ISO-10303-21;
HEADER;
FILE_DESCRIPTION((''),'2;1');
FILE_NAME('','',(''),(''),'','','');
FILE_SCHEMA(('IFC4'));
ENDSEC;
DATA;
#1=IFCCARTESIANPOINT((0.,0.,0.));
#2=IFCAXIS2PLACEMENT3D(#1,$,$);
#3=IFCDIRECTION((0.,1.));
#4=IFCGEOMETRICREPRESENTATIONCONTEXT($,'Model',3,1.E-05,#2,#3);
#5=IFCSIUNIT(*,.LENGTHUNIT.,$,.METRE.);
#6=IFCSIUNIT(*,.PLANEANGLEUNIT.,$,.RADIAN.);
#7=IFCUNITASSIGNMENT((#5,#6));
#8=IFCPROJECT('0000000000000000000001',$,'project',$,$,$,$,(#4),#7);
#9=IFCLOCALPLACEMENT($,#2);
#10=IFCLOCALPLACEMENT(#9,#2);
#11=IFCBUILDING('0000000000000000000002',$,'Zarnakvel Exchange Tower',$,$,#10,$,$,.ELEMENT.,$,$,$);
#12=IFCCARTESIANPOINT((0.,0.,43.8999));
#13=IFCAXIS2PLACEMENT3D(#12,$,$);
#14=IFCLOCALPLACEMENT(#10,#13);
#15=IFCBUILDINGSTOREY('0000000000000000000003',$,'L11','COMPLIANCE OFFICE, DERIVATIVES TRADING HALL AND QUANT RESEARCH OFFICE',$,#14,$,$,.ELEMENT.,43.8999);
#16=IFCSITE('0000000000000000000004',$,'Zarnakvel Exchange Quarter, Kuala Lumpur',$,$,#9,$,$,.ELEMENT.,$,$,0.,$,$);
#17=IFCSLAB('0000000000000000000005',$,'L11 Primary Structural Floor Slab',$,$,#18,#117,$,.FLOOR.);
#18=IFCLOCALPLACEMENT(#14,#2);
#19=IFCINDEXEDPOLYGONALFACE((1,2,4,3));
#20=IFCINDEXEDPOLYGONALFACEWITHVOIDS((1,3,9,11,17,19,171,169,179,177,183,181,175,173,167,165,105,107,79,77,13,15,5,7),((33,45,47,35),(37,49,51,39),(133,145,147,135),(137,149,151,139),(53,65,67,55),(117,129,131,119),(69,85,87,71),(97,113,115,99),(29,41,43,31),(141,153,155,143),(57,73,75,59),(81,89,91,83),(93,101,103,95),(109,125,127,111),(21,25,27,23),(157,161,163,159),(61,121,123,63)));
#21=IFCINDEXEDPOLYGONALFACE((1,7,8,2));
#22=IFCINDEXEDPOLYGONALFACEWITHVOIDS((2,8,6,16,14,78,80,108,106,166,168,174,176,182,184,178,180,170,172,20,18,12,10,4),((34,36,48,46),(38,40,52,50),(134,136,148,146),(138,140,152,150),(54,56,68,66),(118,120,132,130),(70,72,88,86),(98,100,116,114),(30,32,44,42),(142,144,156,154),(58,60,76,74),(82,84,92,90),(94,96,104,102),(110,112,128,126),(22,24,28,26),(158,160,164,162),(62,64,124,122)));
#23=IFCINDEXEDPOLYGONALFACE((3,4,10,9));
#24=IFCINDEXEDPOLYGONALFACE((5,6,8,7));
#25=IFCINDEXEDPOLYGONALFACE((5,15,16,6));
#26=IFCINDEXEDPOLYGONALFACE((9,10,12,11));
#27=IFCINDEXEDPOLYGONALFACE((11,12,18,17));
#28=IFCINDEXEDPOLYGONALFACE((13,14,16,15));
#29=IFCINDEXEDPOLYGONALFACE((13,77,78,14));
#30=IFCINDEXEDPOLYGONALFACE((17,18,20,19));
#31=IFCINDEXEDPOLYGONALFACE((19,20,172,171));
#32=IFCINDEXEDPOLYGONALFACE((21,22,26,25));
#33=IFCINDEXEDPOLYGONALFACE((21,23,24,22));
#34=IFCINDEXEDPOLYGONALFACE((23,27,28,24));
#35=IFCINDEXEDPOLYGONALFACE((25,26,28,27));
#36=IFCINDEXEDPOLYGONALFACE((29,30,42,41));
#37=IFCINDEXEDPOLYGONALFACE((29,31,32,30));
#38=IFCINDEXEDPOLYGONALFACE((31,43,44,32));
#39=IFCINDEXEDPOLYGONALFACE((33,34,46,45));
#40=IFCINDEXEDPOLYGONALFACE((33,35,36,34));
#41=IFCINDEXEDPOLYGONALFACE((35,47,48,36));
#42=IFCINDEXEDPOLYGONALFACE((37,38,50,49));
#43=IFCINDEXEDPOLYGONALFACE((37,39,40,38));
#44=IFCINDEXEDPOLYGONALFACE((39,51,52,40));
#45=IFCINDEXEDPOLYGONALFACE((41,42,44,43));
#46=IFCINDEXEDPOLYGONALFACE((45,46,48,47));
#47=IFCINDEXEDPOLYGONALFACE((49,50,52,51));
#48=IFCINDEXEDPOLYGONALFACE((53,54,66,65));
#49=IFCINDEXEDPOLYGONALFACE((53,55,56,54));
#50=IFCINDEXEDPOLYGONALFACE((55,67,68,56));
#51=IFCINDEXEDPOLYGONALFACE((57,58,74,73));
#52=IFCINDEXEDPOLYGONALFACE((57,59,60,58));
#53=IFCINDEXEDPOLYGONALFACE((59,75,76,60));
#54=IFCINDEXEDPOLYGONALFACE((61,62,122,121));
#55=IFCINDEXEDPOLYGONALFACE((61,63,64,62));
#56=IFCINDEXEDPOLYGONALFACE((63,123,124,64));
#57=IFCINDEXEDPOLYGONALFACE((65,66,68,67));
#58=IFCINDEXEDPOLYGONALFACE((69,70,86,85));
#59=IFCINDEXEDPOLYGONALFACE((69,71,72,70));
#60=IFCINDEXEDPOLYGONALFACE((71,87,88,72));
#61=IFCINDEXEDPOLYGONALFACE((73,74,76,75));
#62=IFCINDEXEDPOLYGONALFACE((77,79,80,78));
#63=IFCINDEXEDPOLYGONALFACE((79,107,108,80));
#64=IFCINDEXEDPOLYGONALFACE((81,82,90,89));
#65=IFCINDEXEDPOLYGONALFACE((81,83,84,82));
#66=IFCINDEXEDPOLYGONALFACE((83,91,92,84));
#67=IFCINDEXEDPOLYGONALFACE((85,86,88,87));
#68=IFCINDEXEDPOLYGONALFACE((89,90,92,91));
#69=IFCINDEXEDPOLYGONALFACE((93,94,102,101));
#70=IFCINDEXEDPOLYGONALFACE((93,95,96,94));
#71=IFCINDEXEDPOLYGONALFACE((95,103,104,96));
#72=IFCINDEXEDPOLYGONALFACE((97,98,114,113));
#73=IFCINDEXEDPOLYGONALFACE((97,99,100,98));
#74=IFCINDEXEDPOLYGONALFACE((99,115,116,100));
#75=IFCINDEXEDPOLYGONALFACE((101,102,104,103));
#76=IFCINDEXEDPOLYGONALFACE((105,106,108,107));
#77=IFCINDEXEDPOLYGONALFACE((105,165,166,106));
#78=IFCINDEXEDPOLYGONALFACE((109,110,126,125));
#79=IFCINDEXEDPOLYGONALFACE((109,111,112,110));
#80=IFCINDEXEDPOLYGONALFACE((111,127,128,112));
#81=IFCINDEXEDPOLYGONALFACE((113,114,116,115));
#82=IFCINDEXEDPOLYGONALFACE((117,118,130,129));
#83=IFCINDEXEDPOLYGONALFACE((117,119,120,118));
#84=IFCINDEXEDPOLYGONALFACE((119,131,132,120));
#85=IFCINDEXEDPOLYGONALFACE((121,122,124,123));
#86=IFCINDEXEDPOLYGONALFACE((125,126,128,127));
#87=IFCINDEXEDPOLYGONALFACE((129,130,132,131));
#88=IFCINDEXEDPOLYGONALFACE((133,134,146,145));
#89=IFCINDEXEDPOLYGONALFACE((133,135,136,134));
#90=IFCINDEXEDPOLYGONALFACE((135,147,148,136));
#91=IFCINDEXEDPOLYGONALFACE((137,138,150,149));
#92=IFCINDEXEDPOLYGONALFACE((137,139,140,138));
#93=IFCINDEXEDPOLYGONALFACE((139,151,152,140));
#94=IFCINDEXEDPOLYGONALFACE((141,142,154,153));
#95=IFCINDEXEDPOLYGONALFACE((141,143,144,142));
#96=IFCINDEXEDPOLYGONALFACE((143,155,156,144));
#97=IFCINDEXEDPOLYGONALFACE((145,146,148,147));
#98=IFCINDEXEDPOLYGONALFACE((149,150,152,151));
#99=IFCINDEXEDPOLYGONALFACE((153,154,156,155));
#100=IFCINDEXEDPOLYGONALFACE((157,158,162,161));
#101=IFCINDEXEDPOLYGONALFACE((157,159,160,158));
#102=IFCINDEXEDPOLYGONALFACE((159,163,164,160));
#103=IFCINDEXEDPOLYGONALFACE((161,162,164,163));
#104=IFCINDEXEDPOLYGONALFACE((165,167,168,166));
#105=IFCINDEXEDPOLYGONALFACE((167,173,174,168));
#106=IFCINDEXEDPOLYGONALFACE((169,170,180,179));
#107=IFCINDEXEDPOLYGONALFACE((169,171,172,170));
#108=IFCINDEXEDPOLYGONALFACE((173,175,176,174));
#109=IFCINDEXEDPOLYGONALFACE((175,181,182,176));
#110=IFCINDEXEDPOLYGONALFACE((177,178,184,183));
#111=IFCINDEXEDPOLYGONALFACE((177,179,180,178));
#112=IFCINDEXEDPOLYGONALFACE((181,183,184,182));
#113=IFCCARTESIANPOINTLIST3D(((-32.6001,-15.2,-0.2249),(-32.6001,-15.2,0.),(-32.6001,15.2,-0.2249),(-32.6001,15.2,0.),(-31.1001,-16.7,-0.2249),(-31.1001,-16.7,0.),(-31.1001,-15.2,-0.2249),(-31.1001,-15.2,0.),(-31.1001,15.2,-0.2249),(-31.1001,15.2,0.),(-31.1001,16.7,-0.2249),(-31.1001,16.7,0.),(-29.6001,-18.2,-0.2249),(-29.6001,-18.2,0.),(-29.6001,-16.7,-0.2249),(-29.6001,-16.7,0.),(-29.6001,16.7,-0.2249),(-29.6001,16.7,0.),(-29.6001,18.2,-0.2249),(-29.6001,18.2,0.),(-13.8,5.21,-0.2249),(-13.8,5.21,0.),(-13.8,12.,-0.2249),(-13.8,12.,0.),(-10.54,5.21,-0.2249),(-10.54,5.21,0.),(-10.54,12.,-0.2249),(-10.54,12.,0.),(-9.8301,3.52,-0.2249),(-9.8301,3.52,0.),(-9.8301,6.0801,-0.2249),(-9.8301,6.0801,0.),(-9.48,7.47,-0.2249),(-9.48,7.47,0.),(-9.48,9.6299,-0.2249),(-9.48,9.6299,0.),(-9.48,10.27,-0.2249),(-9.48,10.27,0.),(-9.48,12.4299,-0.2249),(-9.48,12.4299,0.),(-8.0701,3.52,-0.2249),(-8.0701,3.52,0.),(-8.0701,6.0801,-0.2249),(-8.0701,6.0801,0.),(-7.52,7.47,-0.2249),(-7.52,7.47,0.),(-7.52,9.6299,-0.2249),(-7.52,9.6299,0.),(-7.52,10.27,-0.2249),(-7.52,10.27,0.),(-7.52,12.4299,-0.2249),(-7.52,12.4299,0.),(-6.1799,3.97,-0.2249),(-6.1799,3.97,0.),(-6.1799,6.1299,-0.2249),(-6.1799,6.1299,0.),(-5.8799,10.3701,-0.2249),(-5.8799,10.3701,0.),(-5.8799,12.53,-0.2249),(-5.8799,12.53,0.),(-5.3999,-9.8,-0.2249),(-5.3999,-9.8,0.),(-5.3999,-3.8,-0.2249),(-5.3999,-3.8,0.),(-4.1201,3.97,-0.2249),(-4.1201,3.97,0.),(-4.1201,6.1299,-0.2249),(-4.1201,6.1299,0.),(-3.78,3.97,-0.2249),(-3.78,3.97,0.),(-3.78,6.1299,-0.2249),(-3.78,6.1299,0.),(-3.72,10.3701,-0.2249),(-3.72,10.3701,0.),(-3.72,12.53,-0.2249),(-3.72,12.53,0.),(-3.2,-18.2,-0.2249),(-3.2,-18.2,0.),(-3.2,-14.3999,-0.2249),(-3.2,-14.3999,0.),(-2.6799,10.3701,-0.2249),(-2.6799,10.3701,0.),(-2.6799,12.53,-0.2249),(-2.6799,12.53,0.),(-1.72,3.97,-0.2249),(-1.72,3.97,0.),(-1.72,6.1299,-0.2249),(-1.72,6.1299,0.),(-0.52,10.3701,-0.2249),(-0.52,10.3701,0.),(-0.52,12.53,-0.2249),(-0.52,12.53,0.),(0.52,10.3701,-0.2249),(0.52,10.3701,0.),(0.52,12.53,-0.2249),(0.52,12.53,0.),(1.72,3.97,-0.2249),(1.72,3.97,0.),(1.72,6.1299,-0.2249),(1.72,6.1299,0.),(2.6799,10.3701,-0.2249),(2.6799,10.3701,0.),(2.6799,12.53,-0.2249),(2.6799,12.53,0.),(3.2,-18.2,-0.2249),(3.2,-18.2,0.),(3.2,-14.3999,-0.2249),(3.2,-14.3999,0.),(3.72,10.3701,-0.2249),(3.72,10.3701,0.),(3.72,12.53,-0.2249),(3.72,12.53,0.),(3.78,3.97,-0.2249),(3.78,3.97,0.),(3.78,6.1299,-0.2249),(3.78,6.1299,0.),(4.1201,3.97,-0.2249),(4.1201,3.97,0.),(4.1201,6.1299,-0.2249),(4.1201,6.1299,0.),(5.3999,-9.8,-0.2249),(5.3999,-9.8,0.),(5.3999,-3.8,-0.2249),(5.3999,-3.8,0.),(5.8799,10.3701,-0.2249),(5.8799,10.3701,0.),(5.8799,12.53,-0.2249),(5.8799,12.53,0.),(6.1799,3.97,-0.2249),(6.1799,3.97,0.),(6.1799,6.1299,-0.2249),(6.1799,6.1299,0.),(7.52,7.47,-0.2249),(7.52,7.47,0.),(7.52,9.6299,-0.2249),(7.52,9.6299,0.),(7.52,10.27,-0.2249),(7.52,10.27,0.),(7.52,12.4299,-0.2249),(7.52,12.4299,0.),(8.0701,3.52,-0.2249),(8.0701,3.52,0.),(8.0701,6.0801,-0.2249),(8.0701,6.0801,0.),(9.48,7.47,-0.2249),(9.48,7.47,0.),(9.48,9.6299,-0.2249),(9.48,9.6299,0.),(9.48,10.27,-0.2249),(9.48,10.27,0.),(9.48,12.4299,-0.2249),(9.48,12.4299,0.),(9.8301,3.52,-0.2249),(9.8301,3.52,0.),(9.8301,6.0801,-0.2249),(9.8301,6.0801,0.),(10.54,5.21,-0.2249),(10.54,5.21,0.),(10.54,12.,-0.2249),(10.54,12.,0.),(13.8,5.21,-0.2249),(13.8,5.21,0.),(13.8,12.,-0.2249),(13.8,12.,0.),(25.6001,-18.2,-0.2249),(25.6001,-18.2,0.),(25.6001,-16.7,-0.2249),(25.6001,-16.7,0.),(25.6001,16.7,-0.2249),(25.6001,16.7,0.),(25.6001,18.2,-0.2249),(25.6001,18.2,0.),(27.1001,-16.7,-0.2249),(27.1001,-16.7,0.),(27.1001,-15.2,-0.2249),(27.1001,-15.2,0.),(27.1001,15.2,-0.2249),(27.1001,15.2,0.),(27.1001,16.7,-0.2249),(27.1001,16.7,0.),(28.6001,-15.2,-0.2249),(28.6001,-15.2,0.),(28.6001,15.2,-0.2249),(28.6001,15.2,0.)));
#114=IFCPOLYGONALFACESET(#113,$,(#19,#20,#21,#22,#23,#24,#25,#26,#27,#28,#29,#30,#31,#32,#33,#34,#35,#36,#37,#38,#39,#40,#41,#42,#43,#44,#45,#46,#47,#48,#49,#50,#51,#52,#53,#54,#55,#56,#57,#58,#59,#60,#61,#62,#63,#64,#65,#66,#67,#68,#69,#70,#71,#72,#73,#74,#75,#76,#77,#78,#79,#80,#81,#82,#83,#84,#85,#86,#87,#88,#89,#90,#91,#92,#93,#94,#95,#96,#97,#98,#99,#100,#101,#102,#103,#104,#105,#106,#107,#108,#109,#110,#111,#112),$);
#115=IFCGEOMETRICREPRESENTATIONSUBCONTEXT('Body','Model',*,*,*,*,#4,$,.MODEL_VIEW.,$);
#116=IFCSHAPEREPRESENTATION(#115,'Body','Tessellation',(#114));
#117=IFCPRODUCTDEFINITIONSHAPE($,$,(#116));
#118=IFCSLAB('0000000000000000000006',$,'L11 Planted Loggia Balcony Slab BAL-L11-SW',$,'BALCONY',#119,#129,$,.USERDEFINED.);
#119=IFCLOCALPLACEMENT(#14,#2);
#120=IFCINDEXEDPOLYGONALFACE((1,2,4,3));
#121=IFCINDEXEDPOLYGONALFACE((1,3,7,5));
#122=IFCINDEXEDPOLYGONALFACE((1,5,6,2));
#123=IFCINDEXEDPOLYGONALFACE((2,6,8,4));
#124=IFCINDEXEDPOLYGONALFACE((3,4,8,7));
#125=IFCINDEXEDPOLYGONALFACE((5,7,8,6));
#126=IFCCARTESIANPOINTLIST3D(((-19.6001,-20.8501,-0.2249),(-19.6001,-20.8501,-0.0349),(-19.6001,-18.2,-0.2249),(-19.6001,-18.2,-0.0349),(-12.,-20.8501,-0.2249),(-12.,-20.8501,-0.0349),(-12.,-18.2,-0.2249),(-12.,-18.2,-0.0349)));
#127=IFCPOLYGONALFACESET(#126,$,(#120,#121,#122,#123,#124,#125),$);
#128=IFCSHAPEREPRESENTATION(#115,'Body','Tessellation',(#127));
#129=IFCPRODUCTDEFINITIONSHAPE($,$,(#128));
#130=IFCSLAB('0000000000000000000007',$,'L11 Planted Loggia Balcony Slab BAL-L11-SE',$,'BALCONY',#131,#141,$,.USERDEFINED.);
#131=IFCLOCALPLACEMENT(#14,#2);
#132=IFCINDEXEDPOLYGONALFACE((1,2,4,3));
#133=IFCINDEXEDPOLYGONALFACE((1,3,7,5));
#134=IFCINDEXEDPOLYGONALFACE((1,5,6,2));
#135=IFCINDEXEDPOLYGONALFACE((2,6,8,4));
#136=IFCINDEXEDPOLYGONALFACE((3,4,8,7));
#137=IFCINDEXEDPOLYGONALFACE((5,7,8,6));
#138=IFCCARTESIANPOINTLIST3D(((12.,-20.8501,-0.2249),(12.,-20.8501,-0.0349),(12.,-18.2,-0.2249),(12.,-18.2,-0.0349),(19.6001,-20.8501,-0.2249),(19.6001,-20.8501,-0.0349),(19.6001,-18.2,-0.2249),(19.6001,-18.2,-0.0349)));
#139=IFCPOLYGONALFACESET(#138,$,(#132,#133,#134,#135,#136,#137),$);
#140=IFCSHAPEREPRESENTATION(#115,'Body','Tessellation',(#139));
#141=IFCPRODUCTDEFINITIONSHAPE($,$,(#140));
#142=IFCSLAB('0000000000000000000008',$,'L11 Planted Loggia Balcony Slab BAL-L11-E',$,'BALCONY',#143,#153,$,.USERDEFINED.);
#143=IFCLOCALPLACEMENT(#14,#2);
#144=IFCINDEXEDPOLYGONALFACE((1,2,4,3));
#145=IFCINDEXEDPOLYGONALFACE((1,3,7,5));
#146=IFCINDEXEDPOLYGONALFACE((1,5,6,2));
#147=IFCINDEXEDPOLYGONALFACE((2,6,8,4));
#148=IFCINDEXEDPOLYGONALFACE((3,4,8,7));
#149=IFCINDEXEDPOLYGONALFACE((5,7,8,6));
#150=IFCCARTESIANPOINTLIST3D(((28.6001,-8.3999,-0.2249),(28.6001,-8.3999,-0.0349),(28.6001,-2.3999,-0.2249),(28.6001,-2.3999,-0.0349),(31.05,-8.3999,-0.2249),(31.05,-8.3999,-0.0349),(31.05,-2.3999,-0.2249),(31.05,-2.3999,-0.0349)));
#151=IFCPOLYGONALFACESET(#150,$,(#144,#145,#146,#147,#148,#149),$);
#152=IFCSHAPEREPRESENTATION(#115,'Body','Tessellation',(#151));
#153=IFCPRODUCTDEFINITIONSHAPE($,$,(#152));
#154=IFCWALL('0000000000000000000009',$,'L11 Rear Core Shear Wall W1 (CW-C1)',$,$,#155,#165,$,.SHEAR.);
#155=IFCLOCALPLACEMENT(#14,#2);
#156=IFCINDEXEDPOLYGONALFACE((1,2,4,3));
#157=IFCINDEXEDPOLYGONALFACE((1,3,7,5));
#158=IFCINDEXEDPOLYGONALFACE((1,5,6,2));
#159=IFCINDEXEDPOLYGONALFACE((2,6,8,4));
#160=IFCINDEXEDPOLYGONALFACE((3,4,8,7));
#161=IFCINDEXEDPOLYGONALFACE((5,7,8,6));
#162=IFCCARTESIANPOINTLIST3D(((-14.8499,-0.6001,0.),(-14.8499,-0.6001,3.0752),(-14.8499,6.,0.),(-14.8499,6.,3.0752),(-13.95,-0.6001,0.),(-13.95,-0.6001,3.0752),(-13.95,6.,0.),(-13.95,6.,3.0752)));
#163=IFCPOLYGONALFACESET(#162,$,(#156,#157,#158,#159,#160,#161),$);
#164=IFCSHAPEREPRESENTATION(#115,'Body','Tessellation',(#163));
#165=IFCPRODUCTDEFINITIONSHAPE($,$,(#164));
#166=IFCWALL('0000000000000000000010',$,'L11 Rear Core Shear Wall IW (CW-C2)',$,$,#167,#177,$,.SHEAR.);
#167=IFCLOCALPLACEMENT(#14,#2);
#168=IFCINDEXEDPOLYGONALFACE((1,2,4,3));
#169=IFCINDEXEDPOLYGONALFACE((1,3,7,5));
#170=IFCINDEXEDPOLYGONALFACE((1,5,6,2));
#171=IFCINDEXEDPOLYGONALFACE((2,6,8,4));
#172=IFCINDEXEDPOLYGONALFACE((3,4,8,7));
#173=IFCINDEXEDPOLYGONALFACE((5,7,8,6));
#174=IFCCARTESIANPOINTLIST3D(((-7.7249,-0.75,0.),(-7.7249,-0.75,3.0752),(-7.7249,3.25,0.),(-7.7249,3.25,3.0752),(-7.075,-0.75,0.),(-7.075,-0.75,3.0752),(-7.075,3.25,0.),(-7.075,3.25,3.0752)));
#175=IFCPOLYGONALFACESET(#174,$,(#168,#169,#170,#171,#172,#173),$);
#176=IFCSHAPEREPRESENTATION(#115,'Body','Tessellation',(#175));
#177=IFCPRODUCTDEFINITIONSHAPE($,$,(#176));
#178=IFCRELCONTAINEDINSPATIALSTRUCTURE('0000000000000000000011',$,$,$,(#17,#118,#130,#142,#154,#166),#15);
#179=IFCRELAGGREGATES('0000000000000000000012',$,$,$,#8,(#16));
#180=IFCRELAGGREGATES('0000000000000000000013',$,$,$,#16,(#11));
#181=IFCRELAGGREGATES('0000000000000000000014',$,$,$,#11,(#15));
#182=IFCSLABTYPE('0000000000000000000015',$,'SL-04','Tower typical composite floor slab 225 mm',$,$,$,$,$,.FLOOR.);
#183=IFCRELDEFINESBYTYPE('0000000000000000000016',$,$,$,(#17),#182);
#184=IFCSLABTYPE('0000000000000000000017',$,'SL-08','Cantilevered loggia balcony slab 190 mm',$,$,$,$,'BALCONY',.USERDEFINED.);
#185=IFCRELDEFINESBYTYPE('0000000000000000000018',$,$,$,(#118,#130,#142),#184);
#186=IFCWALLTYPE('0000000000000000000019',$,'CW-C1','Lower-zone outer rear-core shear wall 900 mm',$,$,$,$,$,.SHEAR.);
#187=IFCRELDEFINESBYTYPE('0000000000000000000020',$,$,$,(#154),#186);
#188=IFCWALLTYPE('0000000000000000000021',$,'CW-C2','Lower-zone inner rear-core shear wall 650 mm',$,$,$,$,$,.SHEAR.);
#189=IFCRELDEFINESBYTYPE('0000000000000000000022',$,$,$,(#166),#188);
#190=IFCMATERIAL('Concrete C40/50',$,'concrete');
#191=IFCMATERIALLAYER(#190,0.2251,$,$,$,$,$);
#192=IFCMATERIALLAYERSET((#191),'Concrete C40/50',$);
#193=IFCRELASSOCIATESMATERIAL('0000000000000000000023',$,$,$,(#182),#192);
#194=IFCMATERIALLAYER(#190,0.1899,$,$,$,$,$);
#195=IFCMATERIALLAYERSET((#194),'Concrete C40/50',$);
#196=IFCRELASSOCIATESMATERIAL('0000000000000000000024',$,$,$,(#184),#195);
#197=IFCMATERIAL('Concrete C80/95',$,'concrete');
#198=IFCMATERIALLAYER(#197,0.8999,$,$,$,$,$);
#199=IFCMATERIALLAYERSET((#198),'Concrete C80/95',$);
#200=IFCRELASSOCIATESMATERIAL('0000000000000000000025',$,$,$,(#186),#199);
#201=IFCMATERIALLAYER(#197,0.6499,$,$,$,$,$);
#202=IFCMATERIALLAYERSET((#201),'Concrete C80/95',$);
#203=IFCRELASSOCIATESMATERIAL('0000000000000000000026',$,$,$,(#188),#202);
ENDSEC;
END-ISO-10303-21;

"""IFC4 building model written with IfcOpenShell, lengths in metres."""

from ifc_helpers import new_model, si_unit, direction, frame, frame_2d, origin, place, context, subcontext, project, spatial, polyline, rectangle, outline, extrude, material, layer, layer_set, type_object, element, save


model = new_model("IFC4")

# Units and contexts
model_context = context("Model", 3, precision=1e-05, world=origin(), true_north=direction((0.0, 1.0)))
body_context = subcontext(model_context, "Body", "Model", "MODEL_VIEW")
ifc_project = project(units=[si_unit("LENGTHUNIT", "METRE"), si_unit("PLANEANGLEUNIT", "RADIAN")], contexts=[model_context])

# Site, building, storey
site_placement = place(None, origin())
site = spatial("IfcSite", under=ifc_project, at=site_placement, Name="Zarnakvel Exchange Quarter, Kuala Lumpur", CompositionType="ELEMENT", RefElevation=0.0)
building_placement = place(site_placement, origin())
building = spatial("IfcBuilding", under=site, at=building_placement, Name="Zarnakvel Exchange Tower", CompositionType="ELEMENT")
storey_placement = place(building_placement, frame((0.0, 0.0, 43.8999)))
storey = spatial("IfcBuildingStorey", under=building, at=storey_placement, Name="L11", Description="COMPLIANCE OFFICE, DERIVATIVES TRADING HALL AND QUANT RESEARCH OFFICE", CompositionType="ELEMENT", Elevation=43.8999)

# Shared definitions
ifc_material_1 = material(Name="Concrete C80/95", Category="concrete")

# Shared definitions
ifc_material_2 = material(Name="Concrete C40/50", Category="concrete")

# Slabs
ifc_layer_1 = layer(ifc_material_2, 0.2251)
ifc_layer_set_1 = layer_set([ifc_layer_1], Name="Concrete C40/50")
slab_type_1 = type_object("IfcSlabType", Name="SL-04", Description="Tower typical composite floor slab 225 mm", PredefinedType="FLOOR", material=ifc_layer_set_1)
slab_1_placement = place(storey_placement, frame((0.0, 0.0, -0.2249)))
element("IfcSlab", 1, at=slab_1_placement, inside=storey, type_object=slab_type_1, Name="L11 Primary Structural Floor Slab", PredefinedType="FLOOR", context=body_context, shape_type="SweptSolid", body=[
    extrude(outline(polyline([(-32.6001, -15.2), (-31.1001, -15.2), (-31.1001, -16.7), (-29.6001, -16.7), (-29.6001, -18.2), (-3.2, -18.2), (-3.2, -14.3999), (3.2, -14.3999), (3.2, -18.2), (25.6001, -18.2), (25.6001, -16.7), (27.1001, -16.7), (27.1001, -15.2), (28.6001, -15.2), (28.6001, 15.2), (27.1001, 15.2), (27.1001, 16.7), (25.6001, 16.7), (25.6001, 18.2), (-29.6001, 18.2), (-29.6001, 16.7), (-31.1001, 16.7), (-31.1001, 15.2), (-32.6001, 15.2), (-32.6001, -15.2)]), holes=[polyline([(-5.3999, -9.8), (5.3999, -9.8), (5.3999, -3.8), (-5.3999, -3.8), (-5.3999, -9.8)]), polyline([(-13.8, 5.21), (-10.54, 5.21), (-10.54, 12.0), (-13.8, 12.0), (-13.8, 5.21)]), polyline([(10.54, 5.21), (13.8, 5.21), (13.8, 12.0), (10.54, 12.0), (10.54, 5.21)]), polyline([(-9.8301, 3.52), (-8.0701, 3.52), (-8.0701, 6.0801), (-9.8301, 6.0801), (-9.8301, 3.52)]), polyline([(8.0701, 3.52), (9.8301, 3.52), (9.8301, 6.0801), (8.0701, 6.0801), (8.0701, 3.52)]), polyline([(-5.8799, 10.3701), (-3.72, 10.3701), (-3.72, 12.53), (-5.8799, 12.53), (-5.8799, 10.3701)]), polyline([(-2.6799, 10.3701), (-0.52, 10.3701), (-0.52, 12.53), (-2.6799, 12.53), (-2.6799, 10.3701)]), polyline([(0.52, 10.3701), (2.6799, 10.3701), (2.6799, 12.53), (0.52, 12.53), (0.52, 10.3701)]), polyline([(3.72, 10.3701), (5.8799, 10.3701), (5.8799, 12.53), (3.72, 12.53), (3.72, 10.3701)]), polyline([(-6.1799, 3.97), (-4.1201, 3.97), (-4.1201, 6.1299), (-6.1799, 6.1299), (-6.1799, 3.97)]), polyline([(-3.78, 3.97), (-1.72, 3.97), (-1.72, 6.1299), (-3.78, 6.1299), (-3.78, 3.97)]), polyline([(1.72, 3.97), (3.78, 3.97), (3.78, 6.1299), (1.72, 6.1299), (1.72, 3.97)]), polyline([(4.1201, 3.97), (6.1799, 3.97), (6.1799, 6.1299), (4.1201, 6.1299), (4.1201, 3.97)]), polyline([(-9.48, 7.47), (-7.52, 7.47), (-7.52, 9.6299), (-9.48, 9.6299), (-9.48, 7.47)]), polyline([(-9.48, 10.27), (-7.52, 10.27), (-7.52, 12.4299), (-9.48, 12.4299), (-9.48, 10.27)]), polyline([(7.52, 7.47), (9.48, 7.47), (9.48, 9.6299), (7.52, 9.6299), (7.52, 7.47)]), polyline([(7.52, 10.27), (9.48, 10.27), (9.48, 12.4299), (7.52, 12.4299), (7.52, 10.27)])]), origin(), (0.0, 0.0, 1.0), 0.2249),
])
ifc_layer_2 = layer(ifc_material_2, 0.1899)
ifc_layer_set_2 = layer_set([ifc_layer_2], Name="Concrete C40/50")
slab_type_2 = type_object("IfcSlabType", Name="SL-08", Description="Cantilevered loggia balcony slab 190 mm", ElementType="BALCONY", PredefinedType="USERDEFINED", material=ifc_layer_set_2)
slab_2_placement = place(storey_placement, frame((0.0, 0.0, -0.2249)))
element("IfcSlab", 2, at=slab_2_placement, inside=storey, type_object=slab_type_2, Name="L11 Planted Loggia Balcony Slab BAL-L11-SW", ObjectType="BALCONY", PredefinedType="USERDEFINED", context=body_context, shape_type="SweptSolid", body=[
    extrude(outline(polyline([(-19.6001, -20.8501), (-12.0, -20.8501), (-12.0, -18.2), (-19.6001, -18.2), (-19.6001, -20.8501)])), origin(), (0.0, 0.0, 1.0), 0.1899),
])
slab_3_placement = place(storey_placement, frame((0.0, 0.0, -0.2249)))
element("IfcSlab", 3, at=slab_3_placement, inside=storey, type_object=slab_type_2, Name="L11 Planted Loggia Balcony Slab BAL-L11-SE", ObjectType="BALCONY", PredefinedType="USERDEFINED", context=body_context, shape_type="SweptSolid", body=[
    extrude(outline(polyline([(12.0, -20.8501), (19.6001, -20.8501), (19.6001, -18.2), (12.0, -18.2), (12.0, -20.8501)])), origin(), (0.0, 0.0, 1.0), 0.1899),
])
slab_4_placement = place(storey_placement, frame((0.0, 0.0, -0.2249)))
element("IfcSlab", 4, at=slab_4_placement, inside=storey, type_object=slab_type_2, Name="L11 Planted Loggia Balcony Slab BAL-L11-E", ObjectType="BALCONY", PredefinedType="USERDEFINED", context=body_context, shape_type="SweptSolid", body=[
    extrude(outline(polyline([(28.6001, -8.3999), (31.05, -8.3999), (31.05, -2.3999), (28.6001, -2.3999), (28.6001, -8.3999)])), origin(), (0.0, 0.0, 1.0), 0.1899),
])

# Wall
ifc_layer_3 = layer(ifc_material_1, 0.8999)
ifc_layer_set_3 = layer_set([ifc_layer_3], Name="Concrete C80/95")
wall_type_1 = type_object("IfcWallType", Name="CW-C1", Description="Lower-zone outer rear-core shear wall 900 mm", PredefinedType="SHEAR", material=ifc_layer_set_3)
wall_1_placement = place(storey_placement, frame((-14.3999, -0.6001, 0.0), z_axis=(0.0, 0.0, 1.0), x_axis=(0.0, 1.0, 0.0)))
element("IfcWall", 5, at=wall_1_placement, inside=storey, type_object=wall_type_1, Name="L11 Rear Core Shear Wall W1 (CW-C1)", PredefinedType="SHEAR", context=body_context, shape_type="SweptSolid", body=[
    extrude(rectangle(XDim=6.6001, YDim=0.8999, at=frame_2d((3.3, 0.0))), origin(), (0.0, 0.0, 1.0), 3.0752),
])

# Wall
ifc_layer_4 = layer(ifc_material_1, 0.6499)
ifc_layer_set_4 = layer_set([ifc_layer_4], Name="Concrete C80/95")
wall_type_2 = type_object("IfcWallType", Name="CW-C2", Description="Lower-zone inner rear-core shear wall 650 mm", PredefinedType="SHEAR", material=ifc_layer_set_4)
wall_2_placement = place(storey_placement, frame((-7.3999, -0.75, 0.0), z_axis=(0.0, 0.0, 1.0), x_axis=(0.0, 1.0, 0.0)))
element("IfcWall", 6, at=wall_2_placement, inside=storey, type_object=wall_type_2, Name="L11 Rear Core Shear Wall IW (CW-C2)", PredefinedType="SHEAR", context=body_context, shape_type="SweptSolid", body=[
    extrude(rectangle(XDim=4.0, YDim=0.6499, at=frame_2d((2.0, 0.0))), origin(), (0.0, 0.0, 1.0), 3.0752),
])

save(model, "model.ifc")
